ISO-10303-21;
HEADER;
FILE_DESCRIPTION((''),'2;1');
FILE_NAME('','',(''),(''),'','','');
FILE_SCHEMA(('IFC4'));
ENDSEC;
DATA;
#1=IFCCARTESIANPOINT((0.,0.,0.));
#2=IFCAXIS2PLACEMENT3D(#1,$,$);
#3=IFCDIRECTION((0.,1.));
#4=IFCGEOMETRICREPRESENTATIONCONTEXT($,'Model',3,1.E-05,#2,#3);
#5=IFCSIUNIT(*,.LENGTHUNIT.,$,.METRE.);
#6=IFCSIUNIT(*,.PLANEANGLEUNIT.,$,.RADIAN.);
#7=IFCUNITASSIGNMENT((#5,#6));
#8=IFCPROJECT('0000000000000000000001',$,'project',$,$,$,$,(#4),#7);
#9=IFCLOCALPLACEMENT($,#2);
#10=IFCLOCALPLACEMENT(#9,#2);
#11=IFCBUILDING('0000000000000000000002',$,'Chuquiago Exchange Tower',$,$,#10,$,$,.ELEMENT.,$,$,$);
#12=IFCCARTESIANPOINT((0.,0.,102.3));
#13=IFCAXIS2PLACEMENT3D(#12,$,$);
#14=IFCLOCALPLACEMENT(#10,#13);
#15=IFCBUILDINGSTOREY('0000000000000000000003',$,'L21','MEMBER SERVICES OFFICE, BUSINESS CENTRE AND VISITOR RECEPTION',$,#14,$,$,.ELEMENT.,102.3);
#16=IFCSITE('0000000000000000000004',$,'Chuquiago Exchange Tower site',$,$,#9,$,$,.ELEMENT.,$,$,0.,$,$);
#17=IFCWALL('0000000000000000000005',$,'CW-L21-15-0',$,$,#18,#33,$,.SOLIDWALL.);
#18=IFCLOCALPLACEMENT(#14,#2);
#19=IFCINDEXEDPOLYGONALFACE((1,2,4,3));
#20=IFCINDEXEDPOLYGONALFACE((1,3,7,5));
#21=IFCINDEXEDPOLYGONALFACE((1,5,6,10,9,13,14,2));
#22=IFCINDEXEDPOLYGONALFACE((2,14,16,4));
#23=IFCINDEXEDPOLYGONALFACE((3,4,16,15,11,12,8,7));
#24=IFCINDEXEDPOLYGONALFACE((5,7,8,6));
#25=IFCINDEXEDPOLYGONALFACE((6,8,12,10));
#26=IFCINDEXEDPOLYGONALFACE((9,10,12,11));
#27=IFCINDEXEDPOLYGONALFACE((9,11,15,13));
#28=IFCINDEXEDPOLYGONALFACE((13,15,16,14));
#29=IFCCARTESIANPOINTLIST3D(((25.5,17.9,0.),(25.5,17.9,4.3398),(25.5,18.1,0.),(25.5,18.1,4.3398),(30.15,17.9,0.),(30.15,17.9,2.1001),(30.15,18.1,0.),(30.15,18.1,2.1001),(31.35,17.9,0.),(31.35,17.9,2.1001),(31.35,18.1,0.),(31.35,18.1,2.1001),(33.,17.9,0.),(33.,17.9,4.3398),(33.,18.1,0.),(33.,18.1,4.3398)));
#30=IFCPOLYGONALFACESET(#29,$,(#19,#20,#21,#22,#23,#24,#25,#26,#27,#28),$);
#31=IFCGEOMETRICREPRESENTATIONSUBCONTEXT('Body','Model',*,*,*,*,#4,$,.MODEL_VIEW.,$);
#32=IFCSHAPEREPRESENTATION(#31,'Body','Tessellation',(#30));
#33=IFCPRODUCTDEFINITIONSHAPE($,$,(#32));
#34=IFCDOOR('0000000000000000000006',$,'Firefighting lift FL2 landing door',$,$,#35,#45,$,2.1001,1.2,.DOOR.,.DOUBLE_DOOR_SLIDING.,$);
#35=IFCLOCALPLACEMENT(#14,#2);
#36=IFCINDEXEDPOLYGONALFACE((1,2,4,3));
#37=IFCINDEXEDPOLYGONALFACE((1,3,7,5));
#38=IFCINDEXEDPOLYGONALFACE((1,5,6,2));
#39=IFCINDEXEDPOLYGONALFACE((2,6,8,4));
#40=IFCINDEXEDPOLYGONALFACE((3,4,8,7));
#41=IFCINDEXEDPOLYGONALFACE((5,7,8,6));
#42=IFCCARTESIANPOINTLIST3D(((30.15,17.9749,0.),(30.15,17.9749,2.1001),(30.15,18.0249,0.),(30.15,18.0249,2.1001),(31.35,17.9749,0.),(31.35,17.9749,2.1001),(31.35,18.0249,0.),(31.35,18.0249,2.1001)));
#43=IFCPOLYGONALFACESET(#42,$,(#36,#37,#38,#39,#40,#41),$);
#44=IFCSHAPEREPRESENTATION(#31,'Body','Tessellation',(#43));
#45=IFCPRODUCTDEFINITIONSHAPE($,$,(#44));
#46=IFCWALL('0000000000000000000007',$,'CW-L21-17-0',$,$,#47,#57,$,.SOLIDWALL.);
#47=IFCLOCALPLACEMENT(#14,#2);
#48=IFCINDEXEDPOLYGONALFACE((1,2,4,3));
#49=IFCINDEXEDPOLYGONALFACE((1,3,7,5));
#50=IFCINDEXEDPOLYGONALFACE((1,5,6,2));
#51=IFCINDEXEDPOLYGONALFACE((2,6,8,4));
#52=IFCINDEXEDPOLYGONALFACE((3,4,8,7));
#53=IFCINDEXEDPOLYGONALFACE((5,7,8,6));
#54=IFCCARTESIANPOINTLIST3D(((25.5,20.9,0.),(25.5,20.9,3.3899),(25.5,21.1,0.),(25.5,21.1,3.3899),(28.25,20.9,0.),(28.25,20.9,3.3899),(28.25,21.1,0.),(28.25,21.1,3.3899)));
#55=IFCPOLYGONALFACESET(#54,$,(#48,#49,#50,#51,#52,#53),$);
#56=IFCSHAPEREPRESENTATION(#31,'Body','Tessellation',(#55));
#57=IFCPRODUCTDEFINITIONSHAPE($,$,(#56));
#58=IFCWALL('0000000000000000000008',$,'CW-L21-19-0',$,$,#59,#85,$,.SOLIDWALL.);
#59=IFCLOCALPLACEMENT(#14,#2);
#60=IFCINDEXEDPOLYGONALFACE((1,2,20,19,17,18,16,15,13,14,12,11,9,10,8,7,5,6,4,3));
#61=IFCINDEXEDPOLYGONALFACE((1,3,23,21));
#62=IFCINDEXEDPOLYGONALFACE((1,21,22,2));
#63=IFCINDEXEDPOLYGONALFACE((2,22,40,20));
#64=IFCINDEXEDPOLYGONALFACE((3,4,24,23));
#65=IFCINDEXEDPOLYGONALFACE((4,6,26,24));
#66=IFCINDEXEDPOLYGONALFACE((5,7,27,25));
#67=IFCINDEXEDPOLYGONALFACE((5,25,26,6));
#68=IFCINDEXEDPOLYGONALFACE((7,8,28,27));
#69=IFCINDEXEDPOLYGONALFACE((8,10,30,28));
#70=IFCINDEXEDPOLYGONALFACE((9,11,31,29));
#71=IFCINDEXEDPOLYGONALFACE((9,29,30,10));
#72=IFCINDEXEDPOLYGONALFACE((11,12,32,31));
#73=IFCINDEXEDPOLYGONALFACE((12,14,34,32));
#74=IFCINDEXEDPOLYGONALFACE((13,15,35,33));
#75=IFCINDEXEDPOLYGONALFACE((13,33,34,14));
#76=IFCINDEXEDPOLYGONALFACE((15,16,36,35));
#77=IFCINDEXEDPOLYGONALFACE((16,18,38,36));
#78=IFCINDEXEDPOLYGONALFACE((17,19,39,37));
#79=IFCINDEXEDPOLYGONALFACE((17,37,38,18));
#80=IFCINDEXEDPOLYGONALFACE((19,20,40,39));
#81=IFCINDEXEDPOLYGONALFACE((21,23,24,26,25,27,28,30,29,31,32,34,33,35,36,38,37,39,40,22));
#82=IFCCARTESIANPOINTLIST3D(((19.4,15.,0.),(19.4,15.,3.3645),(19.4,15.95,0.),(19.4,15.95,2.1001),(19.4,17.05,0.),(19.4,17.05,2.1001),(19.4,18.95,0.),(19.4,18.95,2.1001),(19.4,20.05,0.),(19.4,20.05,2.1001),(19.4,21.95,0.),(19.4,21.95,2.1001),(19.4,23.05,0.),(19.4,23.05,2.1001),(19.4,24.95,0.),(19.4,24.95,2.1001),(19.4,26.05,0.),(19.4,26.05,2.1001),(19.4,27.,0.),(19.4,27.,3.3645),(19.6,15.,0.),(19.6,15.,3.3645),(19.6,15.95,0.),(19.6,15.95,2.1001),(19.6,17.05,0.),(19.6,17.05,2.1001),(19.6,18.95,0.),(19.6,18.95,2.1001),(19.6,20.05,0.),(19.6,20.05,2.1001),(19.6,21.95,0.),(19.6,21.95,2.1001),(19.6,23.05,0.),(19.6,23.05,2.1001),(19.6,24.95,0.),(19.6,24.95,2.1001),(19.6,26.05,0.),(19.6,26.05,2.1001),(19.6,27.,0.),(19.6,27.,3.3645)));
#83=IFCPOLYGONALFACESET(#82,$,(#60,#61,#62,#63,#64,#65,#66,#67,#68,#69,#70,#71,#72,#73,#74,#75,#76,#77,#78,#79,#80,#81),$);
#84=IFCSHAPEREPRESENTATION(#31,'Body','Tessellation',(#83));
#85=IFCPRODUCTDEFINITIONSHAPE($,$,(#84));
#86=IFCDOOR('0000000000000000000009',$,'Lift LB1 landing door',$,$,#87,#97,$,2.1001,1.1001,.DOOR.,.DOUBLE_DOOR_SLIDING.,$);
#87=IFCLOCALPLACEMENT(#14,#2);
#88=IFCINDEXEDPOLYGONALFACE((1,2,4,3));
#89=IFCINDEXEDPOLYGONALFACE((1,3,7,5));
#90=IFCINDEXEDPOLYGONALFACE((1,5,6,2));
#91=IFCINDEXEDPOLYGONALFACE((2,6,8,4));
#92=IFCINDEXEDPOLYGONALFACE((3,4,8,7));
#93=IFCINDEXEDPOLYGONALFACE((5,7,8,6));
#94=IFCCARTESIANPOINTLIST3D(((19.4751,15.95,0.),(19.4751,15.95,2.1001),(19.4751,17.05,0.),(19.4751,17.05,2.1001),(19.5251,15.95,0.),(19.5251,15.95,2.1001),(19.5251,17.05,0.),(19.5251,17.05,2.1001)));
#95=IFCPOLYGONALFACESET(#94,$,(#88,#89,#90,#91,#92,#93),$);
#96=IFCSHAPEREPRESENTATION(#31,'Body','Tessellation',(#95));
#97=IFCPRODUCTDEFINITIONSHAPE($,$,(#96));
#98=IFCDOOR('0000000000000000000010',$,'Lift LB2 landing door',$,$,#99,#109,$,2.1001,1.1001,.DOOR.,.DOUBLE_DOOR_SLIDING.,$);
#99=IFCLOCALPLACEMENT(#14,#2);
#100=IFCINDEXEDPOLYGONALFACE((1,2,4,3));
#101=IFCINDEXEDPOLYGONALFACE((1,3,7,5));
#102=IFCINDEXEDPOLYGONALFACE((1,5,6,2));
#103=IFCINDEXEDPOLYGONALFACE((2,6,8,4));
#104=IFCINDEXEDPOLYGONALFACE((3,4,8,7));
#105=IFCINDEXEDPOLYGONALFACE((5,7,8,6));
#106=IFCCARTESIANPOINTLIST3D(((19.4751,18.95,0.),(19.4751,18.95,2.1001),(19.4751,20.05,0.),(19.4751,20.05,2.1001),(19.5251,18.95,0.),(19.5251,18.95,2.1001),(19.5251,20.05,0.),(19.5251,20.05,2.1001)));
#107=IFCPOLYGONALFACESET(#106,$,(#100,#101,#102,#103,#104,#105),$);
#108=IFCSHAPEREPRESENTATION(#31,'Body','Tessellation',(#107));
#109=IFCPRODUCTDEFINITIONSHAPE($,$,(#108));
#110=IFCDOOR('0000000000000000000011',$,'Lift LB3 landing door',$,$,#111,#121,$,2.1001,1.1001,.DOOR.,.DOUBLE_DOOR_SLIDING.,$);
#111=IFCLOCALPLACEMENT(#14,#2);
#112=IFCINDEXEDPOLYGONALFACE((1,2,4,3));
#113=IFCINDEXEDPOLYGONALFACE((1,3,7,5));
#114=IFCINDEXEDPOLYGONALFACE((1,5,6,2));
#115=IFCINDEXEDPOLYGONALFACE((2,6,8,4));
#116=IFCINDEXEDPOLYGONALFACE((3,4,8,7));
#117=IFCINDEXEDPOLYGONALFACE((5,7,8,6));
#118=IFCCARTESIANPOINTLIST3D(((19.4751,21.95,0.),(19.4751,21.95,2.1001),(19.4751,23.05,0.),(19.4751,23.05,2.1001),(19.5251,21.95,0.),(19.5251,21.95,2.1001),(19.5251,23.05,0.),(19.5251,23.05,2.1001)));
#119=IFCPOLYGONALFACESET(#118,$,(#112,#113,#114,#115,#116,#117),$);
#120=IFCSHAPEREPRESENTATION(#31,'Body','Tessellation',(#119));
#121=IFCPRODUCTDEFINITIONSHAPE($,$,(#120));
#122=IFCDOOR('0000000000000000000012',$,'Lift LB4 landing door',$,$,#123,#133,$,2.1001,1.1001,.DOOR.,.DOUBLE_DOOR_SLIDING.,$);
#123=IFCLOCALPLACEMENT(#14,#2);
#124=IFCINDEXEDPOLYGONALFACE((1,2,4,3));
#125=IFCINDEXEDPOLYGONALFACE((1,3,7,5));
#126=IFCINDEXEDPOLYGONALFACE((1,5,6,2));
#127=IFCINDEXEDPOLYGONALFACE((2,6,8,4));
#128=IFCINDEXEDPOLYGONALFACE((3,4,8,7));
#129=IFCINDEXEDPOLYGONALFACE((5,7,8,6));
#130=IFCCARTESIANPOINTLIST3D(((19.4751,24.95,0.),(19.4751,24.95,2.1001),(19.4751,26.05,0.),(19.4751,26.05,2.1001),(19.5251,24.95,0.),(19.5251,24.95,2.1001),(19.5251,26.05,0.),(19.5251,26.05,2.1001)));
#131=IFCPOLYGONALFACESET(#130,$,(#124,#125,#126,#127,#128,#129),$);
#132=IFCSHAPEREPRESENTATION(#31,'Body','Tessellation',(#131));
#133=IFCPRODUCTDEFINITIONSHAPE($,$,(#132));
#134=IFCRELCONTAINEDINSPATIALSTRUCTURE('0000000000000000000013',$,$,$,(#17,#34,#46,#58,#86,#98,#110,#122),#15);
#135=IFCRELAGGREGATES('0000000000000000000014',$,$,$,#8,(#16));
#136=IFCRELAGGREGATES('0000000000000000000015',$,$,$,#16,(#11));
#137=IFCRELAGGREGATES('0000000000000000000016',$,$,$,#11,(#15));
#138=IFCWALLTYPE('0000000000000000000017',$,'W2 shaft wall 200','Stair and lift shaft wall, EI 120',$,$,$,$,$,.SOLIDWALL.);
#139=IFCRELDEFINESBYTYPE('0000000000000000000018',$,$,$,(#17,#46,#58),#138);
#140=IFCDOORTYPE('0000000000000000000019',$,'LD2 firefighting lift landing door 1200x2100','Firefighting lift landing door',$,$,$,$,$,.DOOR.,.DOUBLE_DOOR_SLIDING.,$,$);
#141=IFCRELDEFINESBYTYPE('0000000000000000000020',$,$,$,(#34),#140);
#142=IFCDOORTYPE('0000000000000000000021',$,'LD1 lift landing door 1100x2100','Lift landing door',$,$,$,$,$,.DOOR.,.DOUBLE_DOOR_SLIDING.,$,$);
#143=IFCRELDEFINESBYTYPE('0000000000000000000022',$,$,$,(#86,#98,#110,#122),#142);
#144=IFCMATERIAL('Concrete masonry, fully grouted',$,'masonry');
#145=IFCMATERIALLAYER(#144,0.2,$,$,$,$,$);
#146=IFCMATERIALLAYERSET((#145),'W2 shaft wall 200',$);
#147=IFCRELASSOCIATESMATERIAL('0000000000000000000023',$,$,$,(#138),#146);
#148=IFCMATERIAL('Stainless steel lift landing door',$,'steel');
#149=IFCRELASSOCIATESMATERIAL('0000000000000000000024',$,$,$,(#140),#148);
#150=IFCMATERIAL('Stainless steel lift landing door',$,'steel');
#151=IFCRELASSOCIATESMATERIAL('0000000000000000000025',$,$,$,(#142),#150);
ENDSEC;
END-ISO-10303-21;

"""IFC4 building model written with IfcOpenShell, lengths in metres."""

from ifc_helpers import new_model, si_unit, direction, frame, frame_2d, origin, place, context, subcontext, project, spatial, rectangle, extrude, material, layer, layer_set, type_object, element, fill, save


model = new_model("IFC4")

# Units and contexts
model_context = context("Model", 3, precision=1e-05, world=origin(), true_north=direction((0.0, 1.0)))
body_context = subcontext(model_context, "Body", "Model", "MODEL_VIEW")
ifc_project = project(units=[si_unit("LENGTHUNIT", "METRE"), si_unit("PLANEANGLEUNIT", "RADIAN")], contexts=[model_context])

# Site, building, storey
site_placement = place(None, origin())
site = spatial("IfcSite", under=ifc_project, at=site_placement, Name="Chuquiago Exchange Tower site", CompositionType="ELEMENT", RefElevation=0.0)
building_placement = place(site_placement, origin())
building = spatial("IfcBuilding", under=site, at=building_placement, Name="Chuquiago Exchange Tower", CompositionType="ELEMENT")
storey_placement = place(building_placement, frame((0.0, 0.0, 102.3)))
storey = spatial("IfcBuildingStorey", under=building, at=storey_placement, Name="L21", Description="MEMBER SERVICES OFFICE, BUSINESS CENTRE AND VISITOR RECEPTION", CompositionType="ELEMENT", Elevation=102.3)

# Shared definitions
ifc_material_1 = material(Name="Concrete masonry, fully grouted", Category="masonry")
ifc_layer_1 = layer(ifc_material_1, 0.2)
ifc_layer_set_1 = layer_set([ifc_layer_1], Name="W2 shaft wall 200")
wall_type_1 = type_object("IfcWallType", Name="W2 shaft wall 200", Description="Stair and lift shaft wall, EI 120", PredefinedType="SOLIDWALL", material=ifc_layer_set_1)

# Wall, opening, door
wall_1_placement = place(storey_placement, frame((25.5, 18.0, 0.0), z_axis=(0.0, 0.0, 1.0), x_axis=(1.0, 0.0, 0.0)))
wall_1 = element("IfcWall", 1, at=wall_1_placement, inside=storey, type_object=wall_type_1, Name="CW-L21-15-0", PredefinedType="SOLIDWALL", context=body_context, shape_type="SweptSolid", body=[
    extrude(rectangle(XDim=7.5, YDim=0.2, at=frame_2d((3.75, 0.0))), origin(), (0.0, 0.0, 1.0), 4.3398),
])
opening_1_placement = place(wall_1_placement, frame((4.6499, 0.0, 0.0)))
opening_1 = element("IfcOpeningElement", 2, at=opening_1_placement, cuts=wall_1, PredefinedType="OPENING", context=body_context, shape_type="SweptSolid", body=[
    extrude(rectangle(XDim=1.2, YDim=2.1001, at=frame_2d((0.6001, 1.05))), frame((0.0, 0.1099, 0.0), z_axis=(0.0, -1.0, 0.0), x_axis=(1.0, 0.0, 0.0)), (0.0, 0.0, 1.0), 0.22),
])
ifc_material_2 = material(Name="Stainless steel lift landing door", Category="steel")
door_type_1 = type_object("IfcDoorType", Name="LD2 firefighting lift landing door 1200x2100", Description="Firefighting lift landing door", OperationType="DOUBLE_DOOR_SLIDING", PredefinedType="DOOR", material=ifc_material_2)
door_1_placement = place(opening_1_placement, origin())
door_1 = element("IfcDoor", 3, at=door_1_placement, inside=storey, type_object=door_type_1, Name="Firefighting lift FL2 landing door", OperationType="DOUBLE_DOOR_SLIDING", OverallHeight=2.1001, OverallWidth=1.2, PredefinedType="DOOR", context=body_context, shape_type="SweptSolid", body=[
    extrude(rectangle(XDim=1.2, YDim=2.1001, at=frame_2d((0.6001, 1.05))), frame((0.0, 0.0249, 0.0), z_axis=(0.0, -1.0, 0.0), x_axis=(1.0, 0.0, 0.0)), (0.0, 0.0, 1.0), 0.05),
])
fill(opening_1, door_1)

# Wall
wall_2_placement = place(storey_placement, frame((25.5, 21.0, 0.0), z_axis=(0.0, 0.0, 1.0), x_axis=(1.0, 0.0, 0.0)))
element("IfcWall", 4, at=wall_2_placement, inside=storey, type_object=wall_type_1, Name="CW-L21-17-0", PredefinedType="SOLIDWALL", context=body_context, shape_type="SweptSolid", body=[
    extrude(rectangle(XDim=2.75, YDim=0.2, at=frame_2d((1.375, 0.0))), origin(), (0.0, 0.0, 1.0), 3.3899),
])

# Wall, openings, doors
wall_3_placement = place(storey_placement, frame((19.5, 15.0, 0.0), z_axis=(0.0, 0.0, 1.0), x_axis=(0.0, 1.0, 0.0)))
wall_3 = element("IfcWall", 5, at=wall_3_placement, inside=storey, type_object=wall_type_1, Name="CW-L21-19-0", PredefinedType="SOLIDWALL", context=body_context, shape_type="SweptSolid", body=[
    extrude(rectangle(XDim=12.0, YDim=0.2, at=frame_2d((6.0, 0.0))), origin(), (0.0, 0.0, 1.0), 3.3645),
])
opening_2_placement = place(wall_3_placement, frame((0.95, 0.0, 0.0)))
opening_2 = element("IfcOpeningElement", 6, at=opening_2_placement, cuts=wall_3, PredefinedType="OPENING", context=body_context, shape_type="SweptSolid", body=[
    extrude(rectangle(XDim=1.1001, YDim=2.1001, at=frame_2d((0.55, 1.05))), frame((0.0, 0.1099, 0.0), z_axis=(0.0, -1.0, 0.0), x_axis=(1.0, 0.0, 0.0)), (0.0, 0.0, 1.0), 0.22),
])
opening_3_placement = place(wall_3_placement, frame((3.95, 0.0, 0.0)))
opening_3 = element("IfcOpeningElement", 7, at=opening_3_placement, cuts=wall_3, PredefinedType="OPENING", context=body_context, shape_type="SweptSolid", body=[
    extrude(rectangle(XDim=1.1001, YDim=2.1001, at=frame_2d((0.55, 1.05))), frame((0.0, 0.1099, 0.0), z_axis=(0.0, -1.0, 0.0), x_axis=(1.0, 0.0, 0.0)), (0.0, 0.0, 1.0), 0.22),
])
opening_4_placement = place(wall_3_placement, frame((6.95, 0.0, 0.0)))
opening_4 = element("IfcOpeningElement", 8, at=opening_4_placement, cuts=wall_3, PredefinedType="OPENING", context=body_context, shape_type="SweptSolid", body=[
    extrude(rectangle(XDim=1.1001, YDim=2.1001, at=frame_2d((0.55, 1.05))), frame((0.0, 0.1099, 0.0), z_axis=(0.0, -1.0, 0.0), x_axis=(1.0, 0.0, 0.0)), (0.0, 0.0, 1.0), 0.22),
])
opening_5_placement = place(wall_3_placement, frame((9.95, 0.0, 0.0)))
opening_5 = element("IfcOpeningElement", 9, at=opening_5_placement, cuts=wall_3, PredefinedType="OPENING", context=body_context, shape_type="SweptSolid", body=[
    extrude(rectangle(XDim=1.1001, YDim=2.1001, at=frame_2d((0.55, 1.05))), frame((0.0, 0.1099, 0.0), z_axis=(0.0, -1.0, 0.0), x_axis=(1.0, 0.0, 0.0)), (0.0, 0.0, 1.0), 0.22),
])
ifc_material_3 = material(Name="Stainless steel lift landing door", Category="steel")
door_type_2 = type_object("IfcDoorType", Name="LD1 lift landing door 1100x2100", Description="Lift landing door", OperationType="DOUBLE_DOOR_SLIDING", PredefinedType="DOOR", material=ifc_material_3)
door_2_placement = place(opening_2_placement, origin())
door_2 = element("IfcDoor", 10, at=door_2_placement, inside=storey, type_object=door_type_2, Name="Lift LB1 landing door", OperationType="DOUBLE_DOOR_SLIDING", OverallHeight=2.1001, OverallWidth=1.1001, PredefinedType="DOOR", context=body_context, shape_type="SweptSolid", body=[
    extrude(rectangle(XDim=1.1001, YDim=2.1001, at=frame_2d((0.55, 1.05))), frame((0.0, 0.0249, 0.0), z_axis=(0.0, -1.0, 0.0), x_axis=(1.0, 0.0, 0.0)), (0.0, 0.0, 1.0), 0.05),
])
fill(opening_2, door_2)
door_3_placement = place(opening_3_placement, origin())
door_3 = element("IfcDoor", 11, at=door_3_placement, inside=storey, type_object=door_type_2, Name="Lift LB2 landing door", OperationType="DOUBLE_DOOR_SLIDING", OverallHeight=2.1001, OverallWidth=1.1001, PredefinedType="DOOR", context=body_context, shape_type="SweptSolid", body=[
    extrude(rectangle(XDim=1.1001, YDim=2.1001, at=frame_2d((0.55, 1.05))), frame((0.0, 0.0249, 0.0), z_axis=(0.0, -1.0, 0.0), x_axis=(1.0, 0.0, 0.0)), (0.0, 0.0, 1.0), 0.05),
])
fill(opening_3, door_3)
door_4_placement = place(opening_4_placement, origin())
door_4 = element("IfcDoor", 12, at=door_4_placement, inside=storey, type_object=door_type_2, Name="Lift LB3 landing door", OperationType="DOUBLE_DOOR_SLIDING", OverallHeight=2.1001, OverallWidth=1.1001, PredefinedType="DOOR", context=body_context, shape_type="SweptSolid", body=[
    extrude(rectangle(XDim=1.1001, YDim=2.1001, at=frame_2d((0.55, 1.05))), frame((0.0, 0.0249, 0.0), z_axis=(0.0, -1.0, 0.0), x_axis=(1.0, 0.0, 0.0)), (0.0, 0.0, 1.0), 0.05),
])
fill(opening_4, door_4)
door_5_placement = place(opening_5_placement, origin())
door_5 = element("IfcDoor", 13, at=door_5_placement, inside=storey, type_object=door_type_2, Name="Lift LB4 landing door", OperationType="DOUBLE_DOOR_SLIDING", OverallHeight=2.1001, OverallWidth=1.1001, PredefinedType="DOOR", context=body_context, shape_type="SweptSolid", body=[
    extrude(rectangle(XDim=1.1001, YDim=2.1001, at=frame_2d((0.55, 1.05))), frame((0.0, 0.0249, 0.0), z_axis=(0.0, -1.0, 0.0), x_axis=(1.0, 0.0, 0.0)), (0.0, 0.0, 1.0), 0.05),
])
fill(opening_5, door_5)

save(model, "model.ifc")
